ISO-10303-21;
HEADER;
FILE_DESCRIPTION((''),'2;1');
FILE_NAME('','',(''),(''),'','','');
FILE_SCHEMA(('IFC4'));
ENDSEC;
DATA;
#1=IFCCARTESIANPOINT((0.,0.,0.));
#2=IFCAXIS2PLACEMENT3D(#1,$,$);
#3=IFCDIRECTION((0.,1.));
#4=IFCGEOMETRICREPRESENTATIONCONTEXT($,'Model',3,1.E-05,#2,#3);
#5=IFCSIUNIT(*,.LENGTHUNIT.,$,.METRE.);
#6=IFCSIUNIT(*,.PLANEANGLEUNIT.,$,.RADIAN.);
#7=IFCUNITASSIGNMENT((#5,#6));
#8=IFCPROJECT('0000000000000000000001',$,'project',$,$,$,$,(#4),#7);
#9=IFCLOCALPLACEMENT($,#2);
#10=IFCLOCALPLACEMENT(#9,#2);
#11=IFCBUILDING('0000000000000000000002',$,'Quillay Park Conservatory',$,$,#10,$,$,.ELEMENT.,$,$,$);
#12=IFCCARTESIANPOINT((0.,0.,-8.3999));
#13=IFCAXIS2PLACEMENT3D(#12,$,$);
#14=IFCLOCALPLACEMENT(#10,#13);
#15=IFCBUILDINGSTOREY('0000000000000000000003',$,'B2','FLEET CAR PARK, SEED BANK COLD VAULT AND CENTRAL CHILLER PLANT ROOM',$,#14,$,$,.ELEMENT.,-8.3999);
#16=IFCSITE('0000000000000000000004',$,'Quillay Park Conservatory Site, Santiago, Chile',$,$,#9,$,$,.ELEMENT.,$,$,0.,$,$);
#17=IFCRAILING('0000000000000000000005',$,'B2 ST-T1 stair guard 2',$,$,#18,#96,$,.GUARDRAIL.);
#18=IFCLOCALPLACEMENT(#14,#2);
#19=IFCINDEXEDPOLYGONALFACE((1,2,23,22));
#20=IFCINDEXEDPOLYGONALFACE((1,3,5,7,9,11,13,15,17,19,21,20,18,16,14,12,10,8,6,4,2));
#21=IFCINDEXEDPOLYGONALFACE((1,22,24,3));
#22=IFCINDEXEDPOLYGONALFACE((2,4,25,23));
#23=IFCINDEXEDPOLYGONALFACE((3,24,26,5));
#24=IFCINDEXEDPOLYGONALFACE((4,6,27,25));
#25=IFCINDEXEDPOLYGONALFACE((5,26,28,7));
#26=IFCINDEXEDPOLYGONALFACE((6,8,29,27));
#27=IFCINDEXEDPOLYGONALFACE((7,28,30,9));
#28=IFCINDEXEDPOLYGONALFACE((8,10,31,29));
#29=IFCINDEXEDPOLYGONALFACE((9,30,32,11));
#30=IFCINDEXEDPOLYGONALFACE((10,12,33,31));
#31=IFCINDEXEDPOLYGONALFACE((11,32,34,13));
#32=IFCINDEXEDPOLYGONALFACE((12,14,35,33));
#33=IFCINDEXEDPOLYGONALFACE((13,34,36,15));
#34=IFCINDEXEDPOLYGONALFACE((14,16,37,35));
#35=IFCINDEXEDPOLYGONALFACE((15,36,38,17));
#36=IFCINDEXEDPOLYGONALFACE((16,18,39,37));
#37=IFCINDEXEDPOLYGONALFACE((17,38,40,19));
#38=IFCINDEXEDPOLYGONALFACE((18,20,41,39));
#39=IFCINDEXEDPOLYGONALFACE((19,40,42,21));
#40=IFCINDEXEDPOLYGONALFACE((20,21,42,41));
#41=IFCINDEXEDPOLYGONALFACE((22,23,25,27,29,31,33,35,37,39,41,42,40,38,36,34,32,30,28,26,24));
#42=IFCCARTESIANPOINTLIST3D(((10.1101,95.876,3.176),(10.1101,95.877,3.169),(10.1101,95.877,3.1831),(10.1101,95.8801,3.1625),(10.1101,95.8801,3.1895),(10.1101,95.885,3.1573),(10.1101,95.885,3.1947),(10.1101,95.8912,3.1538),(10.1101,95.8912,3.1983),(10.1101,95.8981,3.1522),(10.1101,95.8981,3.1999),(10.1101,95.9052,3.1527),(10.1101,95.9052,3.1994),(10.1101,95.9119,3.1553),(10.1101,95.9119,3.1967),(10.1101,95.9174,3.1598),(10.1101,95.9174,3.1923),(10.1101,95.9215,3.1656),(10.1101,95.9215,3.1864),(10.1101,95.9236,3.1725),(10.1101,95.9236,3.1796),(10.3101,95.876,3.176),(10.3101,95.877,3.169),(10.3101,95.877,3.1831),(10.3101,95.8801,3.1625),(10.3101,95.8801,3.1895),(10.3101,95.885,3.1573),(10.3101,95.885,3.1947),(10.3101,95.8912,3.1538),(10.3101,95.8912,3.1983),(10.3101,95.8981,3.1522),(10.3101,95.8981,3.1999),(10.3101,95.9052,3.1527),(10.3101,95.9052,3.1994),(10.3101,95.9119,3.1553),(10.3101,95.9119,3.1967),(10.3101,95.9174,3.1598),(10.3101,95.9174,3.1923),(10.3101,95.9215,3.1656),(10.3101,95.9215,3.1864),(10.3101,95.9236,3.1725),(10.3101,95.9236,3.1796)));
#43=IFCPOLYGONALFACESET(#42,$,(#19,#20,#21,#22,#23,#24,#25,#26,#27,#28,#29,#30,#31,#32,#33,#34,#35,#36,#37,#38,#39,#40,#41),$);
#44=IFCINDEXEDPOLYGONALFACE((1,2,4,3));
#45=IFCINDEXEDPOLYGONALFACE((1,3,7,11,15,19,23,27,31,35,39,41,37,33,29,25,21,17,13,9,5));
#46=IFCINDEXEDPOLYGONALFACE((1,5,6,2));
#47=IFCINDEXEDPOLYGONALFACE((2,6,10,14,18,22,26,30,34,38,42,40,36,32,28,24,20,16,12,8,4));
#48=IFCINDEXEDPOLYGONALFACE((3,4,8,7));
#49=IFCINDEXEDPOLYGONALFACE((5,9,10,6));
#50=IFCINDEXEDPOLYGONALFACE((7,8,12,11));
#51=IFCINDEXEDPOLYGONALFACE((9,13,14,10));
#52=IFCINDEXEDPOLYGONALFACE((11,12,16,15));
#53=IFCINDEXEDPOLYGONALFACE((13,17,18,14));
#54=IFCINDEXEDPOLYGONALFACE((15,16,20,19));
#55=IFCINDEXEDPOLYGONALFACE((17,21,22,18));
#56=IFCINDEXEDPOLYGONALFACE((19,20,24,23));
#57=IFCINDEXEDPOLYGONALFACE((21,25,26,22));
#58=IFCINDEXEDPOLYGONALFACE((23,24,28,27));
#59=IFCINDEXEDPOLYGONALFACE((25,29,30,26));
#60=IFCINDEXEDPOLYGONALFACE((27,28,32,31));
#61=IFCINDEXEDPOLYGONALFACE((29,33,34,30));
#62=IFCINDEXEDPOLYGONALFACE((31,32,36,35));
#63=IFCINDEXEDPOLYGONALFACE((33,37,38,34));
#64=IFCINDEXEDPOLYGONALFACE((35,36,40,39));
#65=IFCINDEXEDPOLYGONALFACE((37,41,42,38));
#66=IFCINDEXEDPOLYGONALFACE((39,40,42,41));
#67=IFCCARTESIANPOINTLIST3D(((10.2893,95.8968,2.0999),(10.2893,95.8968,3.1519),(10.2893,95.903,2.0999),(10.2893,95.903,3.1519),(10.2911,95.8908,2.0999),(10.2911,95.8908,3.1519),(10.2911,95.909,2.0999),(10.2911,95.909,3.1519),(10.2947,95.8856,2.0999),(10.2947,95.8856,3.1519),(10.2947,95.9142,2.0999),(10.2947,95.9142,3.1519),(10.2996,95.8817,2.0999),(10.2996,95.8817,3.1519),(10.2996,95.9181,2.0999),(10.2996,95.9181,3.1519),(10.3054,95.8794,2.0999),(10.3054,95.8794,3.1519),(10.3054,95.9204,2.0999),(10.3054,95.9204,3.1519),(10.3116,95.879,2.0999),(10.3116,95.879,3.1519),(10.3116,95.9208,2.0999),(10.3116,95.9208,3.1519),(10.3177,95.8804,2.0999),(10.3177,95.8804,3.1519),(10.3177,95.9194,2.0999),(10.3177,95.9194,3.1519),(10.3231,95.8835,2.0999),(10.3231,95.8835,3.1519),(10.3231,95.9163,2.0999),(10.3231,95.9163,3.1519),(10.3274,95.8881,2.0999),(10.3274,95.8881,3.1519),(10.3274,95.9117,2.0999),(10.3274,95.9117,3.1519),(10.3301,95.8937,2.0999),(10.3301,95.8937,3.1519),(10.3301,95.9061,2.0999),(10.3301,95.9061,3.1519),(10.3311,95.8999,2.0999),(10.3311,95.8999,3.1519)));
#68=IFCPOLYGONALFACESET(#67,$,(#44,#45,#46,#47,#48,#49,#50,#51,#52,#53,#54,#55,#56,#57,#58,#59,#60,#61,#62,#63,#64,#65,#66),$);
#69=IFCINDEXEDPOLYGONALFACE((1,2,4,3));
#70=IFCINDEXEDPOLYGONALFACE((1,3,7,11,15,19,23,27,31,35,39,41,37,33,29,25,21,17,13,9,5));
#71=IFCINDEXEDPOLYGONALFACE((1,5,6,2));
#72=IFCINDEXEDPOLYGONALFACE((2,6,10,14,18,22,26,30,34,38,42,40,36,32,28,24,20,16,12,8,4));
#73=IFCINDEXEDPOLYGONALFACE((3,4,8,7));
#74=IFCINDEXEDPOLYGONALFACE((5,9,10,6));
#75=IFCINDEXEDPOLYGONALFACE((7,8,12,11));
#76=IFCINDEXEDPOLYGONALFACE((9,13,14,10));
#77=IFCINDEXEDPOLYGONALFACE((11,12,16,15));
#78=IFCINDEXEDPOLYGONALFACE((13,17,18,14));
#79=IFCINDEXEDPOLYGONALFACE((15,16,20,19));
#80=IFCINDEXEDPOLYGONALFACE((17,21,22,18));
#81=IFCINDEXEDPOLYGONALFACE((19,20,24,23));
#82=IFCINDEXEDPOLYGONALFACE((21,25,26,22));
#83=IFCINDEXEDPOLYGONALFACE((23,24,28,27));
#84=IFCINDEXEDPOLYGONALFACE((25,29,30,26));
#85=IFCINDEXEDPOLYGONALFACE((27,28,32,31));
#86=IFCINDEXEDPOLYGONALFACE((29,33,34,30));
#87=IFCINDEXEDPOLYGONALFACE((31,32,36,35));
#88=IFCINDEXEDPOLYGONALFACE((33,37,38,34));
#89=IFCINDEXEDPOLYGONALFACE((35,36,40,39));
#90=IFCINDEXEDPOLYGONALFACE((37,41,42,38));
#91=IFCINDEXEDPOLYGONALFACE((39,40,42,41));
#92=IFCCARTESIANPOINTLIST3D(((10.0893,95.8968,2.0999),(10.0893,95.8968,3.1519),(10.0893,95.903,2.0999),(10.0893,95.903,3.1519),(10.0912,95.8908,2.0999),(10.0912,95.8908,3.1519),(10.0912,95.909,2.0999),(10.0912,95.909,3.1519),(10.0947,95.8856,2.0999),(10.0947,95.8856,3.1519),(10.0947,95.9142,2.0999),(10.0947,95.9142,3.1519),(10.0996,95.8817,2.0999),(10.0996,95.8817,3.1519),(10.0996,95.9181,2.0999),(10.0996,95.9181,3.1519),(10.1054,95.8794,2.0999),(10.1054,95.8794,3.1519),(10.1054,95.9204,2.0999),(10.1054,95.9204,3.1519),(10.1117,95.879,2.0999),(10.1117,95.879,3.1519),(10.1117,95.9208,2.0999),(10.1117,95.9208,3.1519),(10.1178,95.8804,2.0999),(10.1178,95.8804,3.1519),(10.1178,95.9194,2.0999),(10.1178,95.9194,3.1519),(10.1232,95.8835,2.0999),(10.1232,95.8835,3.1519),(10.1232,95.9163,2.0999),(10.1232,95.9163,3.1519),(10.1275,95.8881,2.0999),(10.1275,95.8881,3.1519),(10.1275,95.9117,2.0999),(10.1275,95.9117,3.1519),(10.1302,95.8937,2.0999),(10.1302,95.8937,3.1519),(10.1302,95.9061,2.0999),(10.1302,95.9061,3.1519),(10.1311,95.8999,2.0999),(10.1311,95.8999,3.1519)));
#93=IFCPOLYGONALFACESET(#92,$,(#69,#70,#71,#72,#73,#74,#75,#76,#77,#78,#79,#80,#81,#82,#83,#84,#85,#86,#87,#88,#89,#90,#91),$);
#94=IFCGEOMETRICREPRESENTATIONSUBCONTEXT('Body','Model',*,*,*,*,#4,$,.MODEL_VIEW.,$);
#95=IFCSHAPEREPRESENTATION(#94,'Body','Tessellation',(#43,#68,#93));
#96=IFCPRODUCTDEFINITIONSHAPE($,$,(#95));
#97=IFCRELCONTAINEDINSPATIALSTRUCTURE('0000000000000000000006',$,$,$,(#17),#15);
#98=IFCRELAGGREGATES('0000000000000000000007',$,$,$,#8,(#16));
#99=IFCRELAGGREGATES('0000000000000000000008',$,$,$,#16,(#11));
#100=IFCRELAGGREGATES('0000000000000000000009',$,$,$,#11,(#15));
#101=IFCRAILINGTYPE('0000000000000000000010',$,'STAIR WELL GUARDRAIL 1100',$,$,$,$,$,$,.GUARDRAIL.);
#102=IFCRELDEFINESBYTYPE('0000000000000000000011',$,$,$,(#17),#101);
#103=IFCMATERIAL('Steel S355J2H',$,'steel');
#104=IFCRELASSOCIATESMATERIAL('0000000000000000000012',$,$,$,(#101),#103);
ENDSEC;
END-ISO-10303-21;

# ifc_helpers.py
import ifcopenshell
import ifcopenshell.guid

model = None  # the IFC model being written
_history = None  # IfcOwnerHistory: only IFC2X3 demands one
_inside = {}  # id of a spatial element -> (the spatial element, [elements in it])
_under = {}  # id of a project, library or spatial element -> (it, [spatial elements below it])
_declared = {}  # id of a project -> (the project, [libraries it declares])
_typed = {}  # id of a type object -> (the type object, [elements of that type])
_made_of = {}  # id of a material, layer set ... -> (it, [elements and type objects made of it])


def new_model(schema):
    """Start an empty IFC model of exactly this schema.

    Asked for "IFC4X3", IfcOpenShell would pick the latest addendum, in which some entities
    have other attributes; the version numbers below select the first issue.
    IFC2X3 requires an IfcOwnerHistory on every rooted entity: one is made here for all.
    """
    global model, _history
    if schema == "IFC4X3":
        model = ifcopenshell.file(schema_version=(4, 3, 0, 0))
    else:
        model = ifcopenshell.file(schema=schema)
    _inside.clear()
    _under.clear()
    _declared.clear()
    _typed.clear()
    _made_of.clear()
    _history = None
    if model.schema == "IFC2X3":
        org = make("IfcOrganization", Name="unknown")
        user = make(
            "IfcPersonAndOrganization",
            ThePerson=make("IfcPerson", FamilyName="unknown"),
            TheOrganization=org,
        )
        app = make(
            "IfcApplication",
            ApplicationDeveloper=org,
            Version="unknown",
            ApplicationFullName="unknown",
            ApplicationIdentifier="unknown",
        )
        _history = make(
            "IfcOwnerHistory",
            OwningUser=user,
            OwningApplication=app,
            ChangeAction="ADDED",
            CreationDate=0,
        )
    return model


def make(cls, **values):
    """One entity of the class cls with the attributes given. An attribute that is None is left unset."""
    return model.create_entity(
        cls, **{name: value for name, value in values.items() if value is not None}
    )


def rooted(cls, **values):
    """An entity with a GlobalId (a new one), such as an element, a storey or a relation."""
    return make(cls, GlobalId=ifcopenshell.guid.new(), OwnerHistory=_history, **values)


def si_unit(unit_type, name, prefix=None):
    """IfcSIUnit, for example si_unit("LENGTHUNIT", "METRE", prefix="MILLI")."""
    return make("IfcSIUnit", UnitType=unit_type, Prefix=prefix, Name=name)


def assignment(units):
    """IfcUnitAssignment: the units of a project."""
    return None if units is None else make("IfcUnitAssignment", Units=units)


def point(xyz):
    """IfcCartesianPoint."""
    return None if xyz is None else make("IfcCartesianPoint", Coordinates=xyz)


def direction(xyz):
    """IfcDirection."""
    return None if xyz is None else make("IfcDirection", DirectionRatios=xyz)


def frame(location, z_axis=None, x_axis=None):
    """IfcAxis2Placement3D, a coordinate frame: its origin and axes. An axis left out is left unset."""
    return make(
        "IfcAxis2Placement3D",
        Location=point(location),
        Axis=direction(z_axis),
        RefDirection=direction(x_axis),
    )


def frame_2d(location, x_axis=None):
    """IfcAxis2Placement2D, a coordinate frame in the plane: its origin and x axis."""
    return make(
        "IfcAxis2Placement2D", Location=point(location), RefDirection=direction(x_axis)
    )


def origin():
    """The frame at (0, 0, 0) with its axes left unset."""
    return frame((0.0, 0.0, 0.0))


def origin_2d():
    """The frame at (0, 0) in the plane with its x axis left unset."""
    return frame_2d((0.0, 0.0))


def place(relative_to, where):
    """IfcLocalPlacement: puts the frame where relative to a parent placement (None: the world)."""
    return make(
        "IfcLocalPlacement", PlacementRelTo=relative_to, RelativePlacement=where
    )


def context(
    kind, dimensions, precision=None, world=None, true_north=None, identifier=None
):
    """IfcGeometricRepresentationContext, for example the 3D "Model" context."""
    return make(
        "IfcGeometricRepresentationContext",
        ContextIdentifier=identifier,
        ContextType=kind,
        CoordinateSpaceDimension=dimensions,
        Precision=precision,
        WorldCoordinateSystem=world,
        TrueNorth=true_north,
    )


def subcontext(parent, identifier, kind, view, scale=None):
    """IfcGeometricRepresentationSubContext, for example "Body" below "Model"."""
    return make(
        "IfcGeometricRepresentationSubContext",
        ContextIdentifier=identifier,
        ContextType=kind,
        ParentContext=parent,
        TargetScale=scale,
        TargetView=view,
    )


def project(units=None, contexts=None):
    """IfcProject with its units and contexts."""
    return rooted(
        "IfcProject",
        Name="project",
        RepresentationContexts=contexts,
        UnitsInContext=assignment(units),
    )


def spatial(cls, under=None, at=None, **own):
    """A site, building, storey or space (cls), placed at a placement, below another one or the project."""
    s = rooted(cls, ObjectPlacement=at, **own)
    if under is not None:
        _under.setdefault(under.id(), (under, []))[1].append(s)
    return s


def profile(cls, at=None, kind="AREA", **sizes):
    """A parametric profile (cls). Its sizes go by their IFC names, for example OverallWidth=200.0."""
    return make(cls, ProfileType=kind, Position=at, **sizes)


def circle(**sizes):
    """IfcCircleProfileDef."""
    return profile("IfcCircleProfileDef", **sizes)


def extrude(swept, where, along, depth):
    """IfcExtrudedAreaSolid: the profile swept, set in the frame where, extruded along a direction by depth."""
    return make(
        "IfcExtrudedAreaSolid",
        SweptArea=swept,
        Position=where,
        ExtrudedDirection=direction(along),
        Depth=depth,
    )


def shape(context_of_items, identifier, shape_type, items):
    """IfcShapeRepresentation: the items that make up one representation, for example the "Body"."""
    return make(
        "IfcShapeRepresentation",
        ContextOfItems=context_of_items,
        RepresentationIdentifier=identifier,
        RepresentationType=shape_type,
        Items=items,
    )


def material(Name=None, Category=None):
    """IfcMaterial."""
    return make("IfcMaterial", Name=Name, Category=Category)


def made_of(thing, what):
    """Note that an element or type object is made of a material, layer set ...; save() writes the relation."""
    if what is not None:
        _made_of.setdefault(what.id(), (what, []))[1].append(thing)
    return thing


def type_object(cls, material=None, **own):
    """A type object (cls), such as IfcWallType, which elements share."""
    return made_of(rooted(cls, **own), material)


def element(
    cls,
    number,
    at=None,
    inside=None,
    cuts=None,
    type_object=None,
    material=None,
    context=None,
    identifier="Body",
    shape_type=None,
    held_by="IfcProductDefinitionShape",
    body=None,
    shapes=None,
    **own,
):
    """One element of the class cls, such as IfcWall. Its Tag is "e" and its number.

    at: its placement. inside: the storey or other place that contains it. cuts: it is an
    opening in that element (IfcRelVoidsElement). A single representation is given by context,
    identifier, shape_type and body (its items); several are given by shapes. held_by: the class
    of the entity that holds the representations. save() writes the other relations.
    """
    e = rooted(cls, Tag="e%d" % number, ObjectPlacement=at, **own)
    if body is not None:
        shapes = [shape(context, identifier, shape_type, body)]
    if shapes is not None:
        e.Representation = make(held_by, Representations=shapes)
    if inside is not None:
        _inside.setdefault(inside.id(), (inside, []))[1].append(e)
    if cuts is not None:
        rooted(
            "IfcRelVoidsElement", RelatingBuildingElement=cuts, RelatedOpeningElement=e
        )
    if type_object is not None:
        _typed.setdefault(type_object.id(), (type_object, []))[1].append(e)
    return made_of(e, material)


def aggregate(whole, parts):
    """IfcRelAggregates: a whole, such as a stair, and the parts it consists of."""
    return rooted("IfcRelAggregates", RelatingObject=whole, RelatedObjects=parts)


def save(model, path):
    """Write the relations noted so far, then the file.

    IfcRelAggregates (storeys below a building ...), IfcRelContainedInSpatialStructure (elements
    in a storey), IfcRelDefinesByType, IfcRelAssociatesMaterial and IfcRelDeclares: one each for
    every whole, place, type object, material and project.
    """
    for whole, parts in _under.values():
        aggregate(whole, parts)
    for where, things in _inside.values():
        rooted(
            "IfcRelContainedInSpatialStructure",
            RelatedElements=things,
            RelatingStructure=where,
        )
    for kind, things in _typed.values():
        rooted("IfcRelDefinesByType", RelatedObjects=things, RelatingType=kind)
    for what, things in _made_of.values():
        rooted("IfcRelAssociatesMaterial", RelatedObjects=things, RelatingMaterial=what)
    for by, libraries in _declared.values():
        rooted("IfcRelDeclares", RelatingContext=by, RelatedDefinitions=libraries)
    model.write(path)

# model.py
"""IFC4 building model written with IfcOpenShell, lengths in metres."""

from ifc_helpers import new_model, si_unit, direction, frame, origin, origin_2d, place, context, subcontext, project, spatial, circle, extrude, material, type_object, element, save


model = new_model("IFC4")

# Units and contexts
model_context = context("Model", 3, precision=1e-05, world=origin(), true_north=direction((0.0, 1.0)))
body_context = subcontext(model_context, "Body", "Model", "MODEL_VIEW")
ifc_project = project(units=[si_unit("LENGTHUNIT", "METRE"), si_unit("PLANEANGLEUNIT", "RADIAN")], contexts=[model_context])

# Site, building, storey
site_placement = place(None, origin())
site = spatial("IfcSite", under=ifc_project, at=site_placement, Name="Quillay Park Conservatory Site, Santiago, Chile", CompositionType="ELEMENT", RefElevation=0.0)
building_placement = place(site_placement, origin())
building = spatial("IfcBuilding", under=site, at=building_placement, Name="Quillay Park Conservatory", CompositionType="ELEMENT")
storey_placement = place(building_placement, frame((0.0, 0.0, -8.3999)))
storey = spatial("IfcBuildingStorey", under=building, at=storey_placement, Name="B2", Description="FLEET CAR PARK, SEED BANK COLD VAULT AND CENTRAL CHILLER PLANT ROOM", CompositionType="ELEMENT", Elevation=-8.3999)

# Railing
ifc_material_1 = material(Name="Steel S355J2H", Category="steel")
railing_type_1 = type_object("IfcRailingType", Name="STAIR WELL GUARDRAIL 1100", PredefinedType="GUARDRAIL", material=ifc_material_1)
railing_1_placement = place(storey_placement, frame((10.3101, 95.8999, 2.0999)))
element("IfcRailing", 1, at=railing_1_placement, inside=storey, type_object=railing_type_1, Name="B2 ST-T1 stair guard 2", PredefinedType="GUARDRAIL", context=body_context, shape_type="SweptSolid", body=[
    extrude(circle(Radius=0.0239, at=origin_2d()), frame((0.0, 0.0, 1.0762), z_axis=(-1.0, 0.0, 0.0), x_axis=(0.0, -1.0, 0.0)), (0.0, 0.0, 1.0), 0.2),
    extrude(circle(Radius=0.021, at=origin_2d()), origin(), (0.0, 0.0, 1.0), 1.052),
    extrude(circle(Radius=0.021, at=origin_2d()), frame((-0.2, 0.0, 0.0)), (0.0, 0.0, 1.0), 1.052),
])

save(model, "model.ifc")
